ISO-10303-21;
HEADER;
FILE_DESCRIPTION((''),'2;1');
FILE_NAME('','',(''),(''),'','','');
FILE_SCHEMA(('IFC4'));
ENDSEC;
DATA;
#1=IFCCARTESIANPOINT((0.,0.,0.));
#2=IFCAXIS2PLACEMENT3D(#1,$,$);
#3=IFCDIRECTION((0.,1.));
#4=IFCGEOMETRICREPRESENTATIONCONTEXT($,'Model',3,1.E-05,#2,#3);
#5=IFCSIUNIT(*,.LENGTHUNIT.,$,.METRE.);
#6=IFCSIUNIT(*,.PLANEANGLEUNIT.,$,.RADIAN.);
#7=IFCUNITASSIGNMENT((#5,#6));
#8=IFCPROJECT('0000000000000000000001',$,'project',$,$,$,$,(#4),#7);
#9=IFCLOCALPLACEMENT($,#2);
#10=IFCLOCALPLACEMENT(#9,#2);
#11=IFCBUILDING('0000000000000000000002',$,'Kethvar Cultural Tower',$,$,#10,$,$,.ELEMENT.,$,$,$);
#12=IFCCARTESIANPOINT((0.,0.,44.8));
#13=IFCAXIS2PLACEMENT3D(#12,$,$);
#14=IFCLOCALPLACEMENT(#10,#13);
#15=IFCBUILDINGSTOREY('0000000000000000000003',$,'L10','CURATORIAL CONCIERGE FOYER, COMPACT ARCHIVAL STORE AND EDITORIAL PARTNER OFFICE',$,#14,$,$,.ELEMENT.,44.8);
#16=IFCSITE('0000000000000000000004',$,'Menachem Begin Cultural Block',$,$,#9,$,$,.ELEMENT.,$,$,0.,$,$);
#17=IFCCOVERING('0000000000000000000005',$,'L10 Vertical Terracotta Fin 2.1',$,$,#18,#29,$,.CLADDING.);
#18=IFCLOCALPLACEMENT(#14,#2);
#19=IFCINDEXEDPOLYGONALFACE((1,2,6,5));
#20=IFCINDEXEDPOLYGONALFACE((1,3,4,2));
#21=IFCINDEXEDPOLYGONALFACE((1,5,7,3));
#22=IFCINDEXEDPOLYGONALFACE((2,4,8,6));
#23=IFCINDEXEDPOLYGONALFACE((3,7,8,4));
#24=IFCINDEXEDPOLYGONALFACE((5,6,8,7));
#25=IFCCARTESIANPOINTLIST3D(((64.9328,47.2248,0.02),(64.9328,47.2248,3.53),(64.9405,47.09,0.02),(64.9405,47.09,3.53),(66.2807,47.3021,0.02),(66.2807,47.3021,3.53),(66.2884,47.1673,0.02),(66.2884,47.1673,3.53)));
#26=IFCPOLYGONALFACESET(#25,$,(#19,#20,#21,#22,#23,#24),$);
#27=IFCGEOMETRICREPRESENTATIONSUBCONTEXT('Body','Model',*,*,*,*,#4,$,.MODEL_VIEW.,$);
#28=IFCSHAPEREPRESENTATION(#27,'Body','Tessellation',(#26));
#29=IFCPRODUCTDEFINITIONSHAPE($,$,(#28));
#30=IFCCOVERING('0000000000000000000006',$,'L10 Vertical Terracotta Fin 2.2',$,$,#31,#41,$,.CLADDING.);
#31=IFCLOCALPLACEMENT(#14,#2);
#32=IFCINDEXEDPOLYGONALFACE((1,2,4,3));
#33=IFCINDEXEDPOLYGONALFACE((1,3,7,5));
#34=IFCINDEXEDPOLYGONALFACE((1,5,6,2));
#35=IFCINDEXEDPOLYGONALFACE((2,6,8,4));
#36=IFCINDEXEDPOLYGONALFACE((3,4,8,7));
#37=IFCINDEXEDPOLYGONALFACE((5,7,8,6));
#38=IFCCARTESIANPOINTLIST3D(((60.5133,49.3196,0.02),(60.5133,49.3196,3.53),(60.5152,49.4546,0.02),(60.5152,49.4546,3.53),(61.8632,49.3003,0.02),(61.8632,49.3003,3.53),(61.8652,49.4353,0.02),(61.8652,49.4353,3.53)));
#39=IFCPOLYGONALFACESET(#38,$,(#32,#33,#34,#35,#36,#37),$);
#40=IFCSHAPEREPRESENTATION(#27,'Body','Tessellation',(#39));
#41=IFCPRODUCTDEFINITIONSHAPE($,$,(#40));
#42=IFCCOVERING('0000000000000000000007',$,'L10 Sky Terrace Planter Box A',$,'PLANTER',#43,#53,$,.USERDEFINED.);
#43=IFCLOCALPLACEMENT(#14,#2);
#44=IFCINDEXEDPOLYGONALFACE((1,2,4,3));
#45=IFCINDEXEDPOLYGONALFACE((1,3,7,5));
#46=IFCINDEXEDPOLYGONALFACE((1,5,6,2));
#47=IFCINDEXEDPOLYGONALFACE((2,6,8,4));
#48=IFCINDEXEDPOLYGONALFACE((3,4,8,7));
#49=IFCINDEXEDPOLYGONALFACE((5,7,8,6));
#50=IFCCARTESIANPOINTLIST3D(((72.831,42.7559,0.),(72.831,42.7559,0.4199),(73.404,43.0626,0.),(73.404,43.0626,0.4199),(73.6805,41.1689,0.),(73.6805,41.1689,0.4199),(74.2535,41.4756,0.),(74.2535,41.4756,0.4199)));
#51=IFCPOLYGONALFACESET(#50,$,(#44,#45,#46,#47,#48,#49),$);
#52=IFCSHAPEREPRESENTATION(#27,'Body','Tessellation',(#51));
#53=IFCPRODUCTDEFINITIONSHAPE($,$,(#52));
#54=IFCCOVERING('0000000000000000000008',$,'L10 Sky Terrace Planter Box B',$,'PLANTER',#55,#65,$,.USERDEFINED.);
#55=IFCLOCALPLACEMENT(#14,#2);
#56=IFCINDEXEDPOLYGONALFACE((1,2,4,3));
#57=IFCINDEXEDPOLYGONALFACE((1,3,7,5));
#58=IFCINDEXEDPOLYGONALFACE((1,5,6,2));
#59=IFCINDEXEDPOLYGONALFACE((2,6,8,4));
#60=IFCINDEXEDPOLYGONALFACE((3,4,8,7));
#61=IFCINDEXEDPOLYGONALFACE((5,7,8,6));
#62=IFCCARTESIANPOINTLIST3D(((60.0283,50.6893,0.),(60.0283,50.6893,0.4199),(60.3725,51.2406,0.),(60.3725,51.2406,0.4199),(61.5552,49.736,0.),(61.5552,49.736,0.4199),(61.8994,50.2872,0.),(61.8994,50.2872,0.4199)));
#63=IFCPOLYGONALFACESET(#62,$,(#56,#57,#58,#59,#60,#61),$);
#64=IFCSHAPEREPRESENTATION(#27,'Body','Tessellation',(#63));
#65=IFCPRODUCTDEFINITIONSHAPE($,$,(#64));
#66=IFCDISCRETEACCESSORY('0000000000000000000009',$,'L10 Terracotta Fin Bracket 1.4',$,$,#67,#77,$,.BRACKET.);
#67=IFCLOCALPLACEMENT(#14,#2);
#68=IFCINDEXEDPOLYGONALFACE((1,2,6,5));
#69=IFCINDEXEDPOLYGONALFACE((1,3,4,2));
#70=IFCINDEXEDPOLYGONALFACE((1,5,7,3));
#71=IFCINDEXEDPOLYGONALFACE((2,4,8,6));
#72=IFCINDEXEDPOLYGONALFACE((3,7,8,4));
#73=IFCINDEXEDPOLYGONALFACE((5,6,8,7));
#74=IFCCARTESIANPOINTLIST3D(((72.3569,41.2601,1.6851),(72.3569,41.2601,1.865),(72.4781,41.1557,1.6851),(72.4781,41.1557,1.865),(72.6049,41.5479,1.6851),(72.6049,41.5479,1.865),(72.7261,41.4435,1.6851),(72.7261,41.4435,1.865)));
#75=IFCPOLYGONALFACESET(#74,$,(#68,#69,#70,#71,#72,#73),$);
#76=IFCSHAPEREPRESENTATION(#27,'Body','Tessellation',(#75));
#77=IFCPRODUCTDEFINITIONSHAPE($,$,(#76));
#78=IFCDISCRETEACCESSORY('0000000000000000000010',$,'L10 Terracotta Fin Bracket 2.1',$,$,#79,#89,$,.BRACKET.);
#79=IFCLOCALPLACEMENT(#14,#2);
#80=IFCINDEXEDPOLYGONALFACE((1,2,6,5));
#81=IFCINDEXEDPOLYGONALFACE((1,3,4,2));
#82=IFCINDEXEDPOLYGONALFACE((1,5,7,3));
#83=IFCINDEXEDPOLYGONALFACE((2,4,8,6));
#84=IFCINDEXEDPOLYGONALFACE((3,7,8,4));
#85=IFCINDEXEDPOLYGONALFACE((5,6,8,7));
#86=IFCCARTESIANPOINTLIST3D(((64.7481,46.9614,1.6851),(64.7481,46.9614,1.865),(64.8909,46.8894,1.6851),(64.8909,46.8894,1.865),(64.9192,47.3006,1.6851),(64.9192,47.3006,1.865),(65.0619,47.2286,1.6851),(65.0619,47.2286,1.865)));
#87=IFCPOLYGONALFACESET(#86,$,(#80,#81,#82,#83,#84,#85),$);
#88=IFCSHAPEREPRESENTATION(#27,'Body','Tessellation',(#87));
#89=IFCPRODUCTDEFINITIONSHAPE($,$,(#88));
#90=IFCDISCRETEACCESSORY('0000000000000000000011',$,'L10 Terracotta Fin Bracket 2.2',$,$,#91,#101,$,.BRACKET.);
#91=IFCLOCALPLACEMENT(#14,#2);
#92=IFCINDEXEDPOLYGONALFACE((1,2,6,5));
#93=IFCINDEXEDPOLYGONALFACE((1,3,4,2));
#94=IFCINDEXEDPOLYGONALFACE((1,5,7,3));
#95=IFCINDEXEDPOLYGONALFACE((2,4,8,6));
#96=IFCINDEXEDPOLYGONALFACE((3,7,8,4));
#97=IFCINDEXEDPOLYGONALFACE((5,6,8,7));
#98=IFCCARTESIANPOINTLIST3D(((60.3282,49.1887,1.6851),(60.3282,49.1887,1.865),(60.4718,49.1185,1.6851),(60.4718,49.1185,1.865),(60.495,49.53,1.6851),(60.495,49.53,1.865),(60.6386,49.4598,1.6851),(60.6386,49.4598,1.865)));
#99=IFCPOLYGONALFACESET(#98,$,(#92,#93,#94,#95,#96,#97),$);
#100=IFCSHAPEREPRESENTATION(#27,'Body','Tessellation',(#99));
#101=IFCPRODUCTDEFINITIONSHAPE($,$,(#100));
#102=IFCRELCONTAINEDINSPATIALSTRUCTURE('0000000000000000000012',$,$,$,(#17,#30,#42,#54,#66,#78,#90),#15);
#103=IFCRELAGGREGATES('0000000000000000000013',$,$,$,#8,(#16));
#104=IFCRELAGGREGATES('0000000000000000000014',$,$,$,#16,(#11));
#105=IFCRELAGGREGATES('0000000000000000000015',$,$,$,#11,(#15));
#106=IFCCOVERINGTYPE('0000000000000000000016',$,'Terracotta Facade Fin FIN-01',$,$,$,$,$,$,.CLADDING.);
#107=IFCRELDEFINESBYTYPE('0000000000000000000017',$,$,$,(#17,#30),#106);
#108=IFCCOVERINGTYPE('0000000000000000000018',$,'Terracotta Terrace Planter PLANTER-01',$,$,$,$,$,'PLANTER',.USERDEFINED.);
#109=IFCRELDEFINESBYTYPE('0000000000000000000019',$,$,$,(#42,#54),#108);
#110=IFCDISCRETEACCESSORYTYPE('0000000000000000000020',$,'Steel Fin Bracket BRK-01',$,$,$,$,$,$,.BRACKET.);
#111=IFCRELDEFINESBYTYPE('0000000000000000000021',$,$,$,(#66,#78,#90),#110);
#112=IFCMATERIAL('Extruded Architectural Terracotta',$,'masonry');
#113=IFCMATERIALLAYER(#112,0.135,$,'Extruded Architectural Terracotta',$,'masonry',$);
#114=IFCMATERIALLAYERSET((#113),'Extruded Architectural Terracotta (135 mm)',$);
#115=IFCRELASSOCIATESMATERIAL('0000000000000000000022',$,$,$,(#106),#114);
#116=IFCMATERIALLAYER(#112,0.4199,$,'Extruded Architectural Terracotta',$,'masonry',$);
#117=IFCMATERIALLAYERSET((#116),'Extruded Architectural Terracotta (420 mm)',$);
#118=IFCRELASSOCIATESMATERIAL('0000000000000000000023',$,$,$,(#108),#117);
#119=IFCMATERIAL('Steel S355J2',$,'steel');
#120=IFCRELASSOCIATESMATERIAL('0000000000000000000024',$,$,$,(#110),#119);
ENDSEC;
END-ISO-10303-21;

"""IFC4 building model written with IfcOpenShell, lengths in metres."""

from ifc_helpers import new_model, si_unit, direction, frame, origin, origin_2d, place, context, subcontext, project, spatial, rectangle, extrude, source, transform, mapped, material, layer, layer_set, type_object, element, save


model = new_model("IFC4")

# Units and contexts
model_context = context("Model", 3, precision=1e-05, world=origin(), true_north=direction((0.0, 1.0)))
body_context = subcontext(model_context, "Body", "Model", "MODEL_VIEW")
ifc_project = project(units=[si_unit("LENGTHUNIT", "METRE"), si_unit("PLANEANGLEUNIT", "RADIAN")], contexts=[model_context])

# Site, building, storey
site_placement = place(None, origin())
site = spatial("IfcSite", under=ifc_project, at=site_placement, Name="Menachem Begin Cultural Block", CompositionType="ELEMENT", RefElevation=0.0)
building_placement = place(site_placement, origin())
building = spatial("IfcBuilding", under=site, at=building_placement, Name="Kethvar Cultural Tower", CompositionType="ELEMENT")
storey_placement = place(building_placement, frame((0.0, 0.0, 44.8)))
storey = spatial("IfcBuildingStorey", under=building, at=storey_placement, Name="L10", Description="CURATORIAL CONCIERGE FOYER, COMPACT ARCHIVAL STORE AND EDITORIAL PARTNER OFFICE", CompositionType="ELEMENT", Elevation=44.8)

# Shared definitions
ifc_material_1 = material(Name="Steel S355J2", Category="steel")

# Coverings
ifc_material_2 = material(Name="Extruded Architectural Terracotta", Category="masonry")
ifc_layer_1 = layer(ifc_material_2, 0.135, Name="Extruded Architectural Terracotta", Category="masonry")
ifc_layer_set_1 = layer_set([ifc_layer_1], Name="Extruded Architectural Terracotta (135 mm)")
covering_type_1 = type_object("IfcCoveringType", Name="Terracotta Facade Fin FIN-01", PredefinedType="CLADDING", material=ifc_layer_set_1)
shared_shape_1 = source(origin(), body_context, "Body", "SweptSolid", [
    extrude(rectangle(XDim=1.3501, YDim=0.135, at=origin_2d()), origin(), (0.0, 0.0, 1.0), 3.51),
])
for number, where, z_axis, x_axis, name in (
    (1, (65.6106, 47.196, 0.02), (0.0, 0.0, 1.0), (0.998362, 0.057216, 0.0), "L10 Vertical Terracotta Fin 2.1"),
    (2, (61.1892, 49.3774, 0.02), (0.0, 0.0, 1.0), (0.999898, -0.014311, 0.0), "L10 Vertical Terracotta Fin 2.2"),
):
    element("IfcCovering", number, at=place(storey_placement, frame(where, z_axis=z_axis, x_axis=x_axis)), inside=storey, type_object=covering_type_1, Name=name, PredefinedType="CLADDING", context=body_context, shape_type="MappedRepresentation", body=[
        mapped(shared_shape_1, transform((0.0, 0.0, 0.0), scale=1.0)),
    ])
ifc_layer_2 = layer(ifc_material_2, 0.4199, Name="Extruded Architectural Terracotta", Category="masonry")
ifc_layer_set_2 = layer_set([ifc_layer_2], Name="Extruded Architectural Terracotta (420 mm)")
covering_type_2 = type_object("IfcCoveringType", Name="Terracotta Terrace Planter PLANTER-01", ElementType="PLANTER", PredefinedType="USERDEFINED", material=ifc_layer_set_2)
shared_shape_2 = source(origin(), body_context, "Body", "SweptSolid", [
    extrude(rectangle(XDim=1.8, YDim=0.6499, at=origin_2d()), origin(), (0.0, 0.0, 1.0), 0.4199),
])
for number, where, z_axis, x_axis, name in (
    (3, (73.5422, 42.1157, 0.0), (0.0, 0.0, 1.0), (-0.471935, 0.881633, 0.0), "L10 Sky Terrace Planter Box A"),
    (4, (60.9639, 50.4883, 0.0), (0.0, 0.0, 1.0), (-0.848233, 0.529623, 0.0), "L10 Sky Terrace Planter Box B"),
):
    element("IfcCovering", number, at=place(storey_placement, frame(where, z_axis=z_axis, x_axis=x_axis)), inside=storey, type_object=covering_type_2, Name=name, ObjectType="PLANTER", PredefinedType="USERDEFINED", context=body_context, shape_type="MappedRepresentation", body=[
        mapped(shared_shape_2, transform((0.0, 0.0, 0.0), scale=1.0)),
    ])

# Discrete accessories
discrete_accessory_type = type_object("IfcDiscreteAccessoryType", Name="Steel Fin Bracket BRK-01", PredefinedType="BRACKET", material=ifc_material_1)
shared_shape_3 = source(origin(), body_context, "Body", "SweptSolid", [
    extrude(rectangle(XDim=0.3799, YDim=0.1599, at=origin_2d()), origin(), (0.0, 0.0, 1.0), 0.1799),
])
for number, where, z_axis, x_axis, name in (
    (5, (72.5415, 41.3518, 1.6851), (0.0, 0.0, 1.0), (0.65276, 0.757565, 0.0), "L10 Terracotta Fin Bracket 1.4"),
    (6, (64.905, 47.095, 1.6851), (0.0, 0.0, 1.0), (0.450254, 0.8929, 0.0), "L10 Terracotta Fin Bracket 2.1"),
    (7, (60.4834, 49.3242, 1.6851), (0.0, 0.0, 1.0), (0.439155, 0.898411, 0.0), "L10 Terracotta Fin Bracket 2.2"),
):
    element("IfcDiscreteAccessory", number, at=place(storey_placement, frame(where, z_axis=z_axis, x_axis=x_axis)), inside=storey, type_object=discrete_accessory_type, Name=name, PredefinedType="BRACKET", context=body_context, shape_type="MappedRepresentation", body=[
        mapped(shared_shape_3, transform((0.0, 0.0, 0.0), scale=1.0)),
    ])

save(model, "model.ifc")
